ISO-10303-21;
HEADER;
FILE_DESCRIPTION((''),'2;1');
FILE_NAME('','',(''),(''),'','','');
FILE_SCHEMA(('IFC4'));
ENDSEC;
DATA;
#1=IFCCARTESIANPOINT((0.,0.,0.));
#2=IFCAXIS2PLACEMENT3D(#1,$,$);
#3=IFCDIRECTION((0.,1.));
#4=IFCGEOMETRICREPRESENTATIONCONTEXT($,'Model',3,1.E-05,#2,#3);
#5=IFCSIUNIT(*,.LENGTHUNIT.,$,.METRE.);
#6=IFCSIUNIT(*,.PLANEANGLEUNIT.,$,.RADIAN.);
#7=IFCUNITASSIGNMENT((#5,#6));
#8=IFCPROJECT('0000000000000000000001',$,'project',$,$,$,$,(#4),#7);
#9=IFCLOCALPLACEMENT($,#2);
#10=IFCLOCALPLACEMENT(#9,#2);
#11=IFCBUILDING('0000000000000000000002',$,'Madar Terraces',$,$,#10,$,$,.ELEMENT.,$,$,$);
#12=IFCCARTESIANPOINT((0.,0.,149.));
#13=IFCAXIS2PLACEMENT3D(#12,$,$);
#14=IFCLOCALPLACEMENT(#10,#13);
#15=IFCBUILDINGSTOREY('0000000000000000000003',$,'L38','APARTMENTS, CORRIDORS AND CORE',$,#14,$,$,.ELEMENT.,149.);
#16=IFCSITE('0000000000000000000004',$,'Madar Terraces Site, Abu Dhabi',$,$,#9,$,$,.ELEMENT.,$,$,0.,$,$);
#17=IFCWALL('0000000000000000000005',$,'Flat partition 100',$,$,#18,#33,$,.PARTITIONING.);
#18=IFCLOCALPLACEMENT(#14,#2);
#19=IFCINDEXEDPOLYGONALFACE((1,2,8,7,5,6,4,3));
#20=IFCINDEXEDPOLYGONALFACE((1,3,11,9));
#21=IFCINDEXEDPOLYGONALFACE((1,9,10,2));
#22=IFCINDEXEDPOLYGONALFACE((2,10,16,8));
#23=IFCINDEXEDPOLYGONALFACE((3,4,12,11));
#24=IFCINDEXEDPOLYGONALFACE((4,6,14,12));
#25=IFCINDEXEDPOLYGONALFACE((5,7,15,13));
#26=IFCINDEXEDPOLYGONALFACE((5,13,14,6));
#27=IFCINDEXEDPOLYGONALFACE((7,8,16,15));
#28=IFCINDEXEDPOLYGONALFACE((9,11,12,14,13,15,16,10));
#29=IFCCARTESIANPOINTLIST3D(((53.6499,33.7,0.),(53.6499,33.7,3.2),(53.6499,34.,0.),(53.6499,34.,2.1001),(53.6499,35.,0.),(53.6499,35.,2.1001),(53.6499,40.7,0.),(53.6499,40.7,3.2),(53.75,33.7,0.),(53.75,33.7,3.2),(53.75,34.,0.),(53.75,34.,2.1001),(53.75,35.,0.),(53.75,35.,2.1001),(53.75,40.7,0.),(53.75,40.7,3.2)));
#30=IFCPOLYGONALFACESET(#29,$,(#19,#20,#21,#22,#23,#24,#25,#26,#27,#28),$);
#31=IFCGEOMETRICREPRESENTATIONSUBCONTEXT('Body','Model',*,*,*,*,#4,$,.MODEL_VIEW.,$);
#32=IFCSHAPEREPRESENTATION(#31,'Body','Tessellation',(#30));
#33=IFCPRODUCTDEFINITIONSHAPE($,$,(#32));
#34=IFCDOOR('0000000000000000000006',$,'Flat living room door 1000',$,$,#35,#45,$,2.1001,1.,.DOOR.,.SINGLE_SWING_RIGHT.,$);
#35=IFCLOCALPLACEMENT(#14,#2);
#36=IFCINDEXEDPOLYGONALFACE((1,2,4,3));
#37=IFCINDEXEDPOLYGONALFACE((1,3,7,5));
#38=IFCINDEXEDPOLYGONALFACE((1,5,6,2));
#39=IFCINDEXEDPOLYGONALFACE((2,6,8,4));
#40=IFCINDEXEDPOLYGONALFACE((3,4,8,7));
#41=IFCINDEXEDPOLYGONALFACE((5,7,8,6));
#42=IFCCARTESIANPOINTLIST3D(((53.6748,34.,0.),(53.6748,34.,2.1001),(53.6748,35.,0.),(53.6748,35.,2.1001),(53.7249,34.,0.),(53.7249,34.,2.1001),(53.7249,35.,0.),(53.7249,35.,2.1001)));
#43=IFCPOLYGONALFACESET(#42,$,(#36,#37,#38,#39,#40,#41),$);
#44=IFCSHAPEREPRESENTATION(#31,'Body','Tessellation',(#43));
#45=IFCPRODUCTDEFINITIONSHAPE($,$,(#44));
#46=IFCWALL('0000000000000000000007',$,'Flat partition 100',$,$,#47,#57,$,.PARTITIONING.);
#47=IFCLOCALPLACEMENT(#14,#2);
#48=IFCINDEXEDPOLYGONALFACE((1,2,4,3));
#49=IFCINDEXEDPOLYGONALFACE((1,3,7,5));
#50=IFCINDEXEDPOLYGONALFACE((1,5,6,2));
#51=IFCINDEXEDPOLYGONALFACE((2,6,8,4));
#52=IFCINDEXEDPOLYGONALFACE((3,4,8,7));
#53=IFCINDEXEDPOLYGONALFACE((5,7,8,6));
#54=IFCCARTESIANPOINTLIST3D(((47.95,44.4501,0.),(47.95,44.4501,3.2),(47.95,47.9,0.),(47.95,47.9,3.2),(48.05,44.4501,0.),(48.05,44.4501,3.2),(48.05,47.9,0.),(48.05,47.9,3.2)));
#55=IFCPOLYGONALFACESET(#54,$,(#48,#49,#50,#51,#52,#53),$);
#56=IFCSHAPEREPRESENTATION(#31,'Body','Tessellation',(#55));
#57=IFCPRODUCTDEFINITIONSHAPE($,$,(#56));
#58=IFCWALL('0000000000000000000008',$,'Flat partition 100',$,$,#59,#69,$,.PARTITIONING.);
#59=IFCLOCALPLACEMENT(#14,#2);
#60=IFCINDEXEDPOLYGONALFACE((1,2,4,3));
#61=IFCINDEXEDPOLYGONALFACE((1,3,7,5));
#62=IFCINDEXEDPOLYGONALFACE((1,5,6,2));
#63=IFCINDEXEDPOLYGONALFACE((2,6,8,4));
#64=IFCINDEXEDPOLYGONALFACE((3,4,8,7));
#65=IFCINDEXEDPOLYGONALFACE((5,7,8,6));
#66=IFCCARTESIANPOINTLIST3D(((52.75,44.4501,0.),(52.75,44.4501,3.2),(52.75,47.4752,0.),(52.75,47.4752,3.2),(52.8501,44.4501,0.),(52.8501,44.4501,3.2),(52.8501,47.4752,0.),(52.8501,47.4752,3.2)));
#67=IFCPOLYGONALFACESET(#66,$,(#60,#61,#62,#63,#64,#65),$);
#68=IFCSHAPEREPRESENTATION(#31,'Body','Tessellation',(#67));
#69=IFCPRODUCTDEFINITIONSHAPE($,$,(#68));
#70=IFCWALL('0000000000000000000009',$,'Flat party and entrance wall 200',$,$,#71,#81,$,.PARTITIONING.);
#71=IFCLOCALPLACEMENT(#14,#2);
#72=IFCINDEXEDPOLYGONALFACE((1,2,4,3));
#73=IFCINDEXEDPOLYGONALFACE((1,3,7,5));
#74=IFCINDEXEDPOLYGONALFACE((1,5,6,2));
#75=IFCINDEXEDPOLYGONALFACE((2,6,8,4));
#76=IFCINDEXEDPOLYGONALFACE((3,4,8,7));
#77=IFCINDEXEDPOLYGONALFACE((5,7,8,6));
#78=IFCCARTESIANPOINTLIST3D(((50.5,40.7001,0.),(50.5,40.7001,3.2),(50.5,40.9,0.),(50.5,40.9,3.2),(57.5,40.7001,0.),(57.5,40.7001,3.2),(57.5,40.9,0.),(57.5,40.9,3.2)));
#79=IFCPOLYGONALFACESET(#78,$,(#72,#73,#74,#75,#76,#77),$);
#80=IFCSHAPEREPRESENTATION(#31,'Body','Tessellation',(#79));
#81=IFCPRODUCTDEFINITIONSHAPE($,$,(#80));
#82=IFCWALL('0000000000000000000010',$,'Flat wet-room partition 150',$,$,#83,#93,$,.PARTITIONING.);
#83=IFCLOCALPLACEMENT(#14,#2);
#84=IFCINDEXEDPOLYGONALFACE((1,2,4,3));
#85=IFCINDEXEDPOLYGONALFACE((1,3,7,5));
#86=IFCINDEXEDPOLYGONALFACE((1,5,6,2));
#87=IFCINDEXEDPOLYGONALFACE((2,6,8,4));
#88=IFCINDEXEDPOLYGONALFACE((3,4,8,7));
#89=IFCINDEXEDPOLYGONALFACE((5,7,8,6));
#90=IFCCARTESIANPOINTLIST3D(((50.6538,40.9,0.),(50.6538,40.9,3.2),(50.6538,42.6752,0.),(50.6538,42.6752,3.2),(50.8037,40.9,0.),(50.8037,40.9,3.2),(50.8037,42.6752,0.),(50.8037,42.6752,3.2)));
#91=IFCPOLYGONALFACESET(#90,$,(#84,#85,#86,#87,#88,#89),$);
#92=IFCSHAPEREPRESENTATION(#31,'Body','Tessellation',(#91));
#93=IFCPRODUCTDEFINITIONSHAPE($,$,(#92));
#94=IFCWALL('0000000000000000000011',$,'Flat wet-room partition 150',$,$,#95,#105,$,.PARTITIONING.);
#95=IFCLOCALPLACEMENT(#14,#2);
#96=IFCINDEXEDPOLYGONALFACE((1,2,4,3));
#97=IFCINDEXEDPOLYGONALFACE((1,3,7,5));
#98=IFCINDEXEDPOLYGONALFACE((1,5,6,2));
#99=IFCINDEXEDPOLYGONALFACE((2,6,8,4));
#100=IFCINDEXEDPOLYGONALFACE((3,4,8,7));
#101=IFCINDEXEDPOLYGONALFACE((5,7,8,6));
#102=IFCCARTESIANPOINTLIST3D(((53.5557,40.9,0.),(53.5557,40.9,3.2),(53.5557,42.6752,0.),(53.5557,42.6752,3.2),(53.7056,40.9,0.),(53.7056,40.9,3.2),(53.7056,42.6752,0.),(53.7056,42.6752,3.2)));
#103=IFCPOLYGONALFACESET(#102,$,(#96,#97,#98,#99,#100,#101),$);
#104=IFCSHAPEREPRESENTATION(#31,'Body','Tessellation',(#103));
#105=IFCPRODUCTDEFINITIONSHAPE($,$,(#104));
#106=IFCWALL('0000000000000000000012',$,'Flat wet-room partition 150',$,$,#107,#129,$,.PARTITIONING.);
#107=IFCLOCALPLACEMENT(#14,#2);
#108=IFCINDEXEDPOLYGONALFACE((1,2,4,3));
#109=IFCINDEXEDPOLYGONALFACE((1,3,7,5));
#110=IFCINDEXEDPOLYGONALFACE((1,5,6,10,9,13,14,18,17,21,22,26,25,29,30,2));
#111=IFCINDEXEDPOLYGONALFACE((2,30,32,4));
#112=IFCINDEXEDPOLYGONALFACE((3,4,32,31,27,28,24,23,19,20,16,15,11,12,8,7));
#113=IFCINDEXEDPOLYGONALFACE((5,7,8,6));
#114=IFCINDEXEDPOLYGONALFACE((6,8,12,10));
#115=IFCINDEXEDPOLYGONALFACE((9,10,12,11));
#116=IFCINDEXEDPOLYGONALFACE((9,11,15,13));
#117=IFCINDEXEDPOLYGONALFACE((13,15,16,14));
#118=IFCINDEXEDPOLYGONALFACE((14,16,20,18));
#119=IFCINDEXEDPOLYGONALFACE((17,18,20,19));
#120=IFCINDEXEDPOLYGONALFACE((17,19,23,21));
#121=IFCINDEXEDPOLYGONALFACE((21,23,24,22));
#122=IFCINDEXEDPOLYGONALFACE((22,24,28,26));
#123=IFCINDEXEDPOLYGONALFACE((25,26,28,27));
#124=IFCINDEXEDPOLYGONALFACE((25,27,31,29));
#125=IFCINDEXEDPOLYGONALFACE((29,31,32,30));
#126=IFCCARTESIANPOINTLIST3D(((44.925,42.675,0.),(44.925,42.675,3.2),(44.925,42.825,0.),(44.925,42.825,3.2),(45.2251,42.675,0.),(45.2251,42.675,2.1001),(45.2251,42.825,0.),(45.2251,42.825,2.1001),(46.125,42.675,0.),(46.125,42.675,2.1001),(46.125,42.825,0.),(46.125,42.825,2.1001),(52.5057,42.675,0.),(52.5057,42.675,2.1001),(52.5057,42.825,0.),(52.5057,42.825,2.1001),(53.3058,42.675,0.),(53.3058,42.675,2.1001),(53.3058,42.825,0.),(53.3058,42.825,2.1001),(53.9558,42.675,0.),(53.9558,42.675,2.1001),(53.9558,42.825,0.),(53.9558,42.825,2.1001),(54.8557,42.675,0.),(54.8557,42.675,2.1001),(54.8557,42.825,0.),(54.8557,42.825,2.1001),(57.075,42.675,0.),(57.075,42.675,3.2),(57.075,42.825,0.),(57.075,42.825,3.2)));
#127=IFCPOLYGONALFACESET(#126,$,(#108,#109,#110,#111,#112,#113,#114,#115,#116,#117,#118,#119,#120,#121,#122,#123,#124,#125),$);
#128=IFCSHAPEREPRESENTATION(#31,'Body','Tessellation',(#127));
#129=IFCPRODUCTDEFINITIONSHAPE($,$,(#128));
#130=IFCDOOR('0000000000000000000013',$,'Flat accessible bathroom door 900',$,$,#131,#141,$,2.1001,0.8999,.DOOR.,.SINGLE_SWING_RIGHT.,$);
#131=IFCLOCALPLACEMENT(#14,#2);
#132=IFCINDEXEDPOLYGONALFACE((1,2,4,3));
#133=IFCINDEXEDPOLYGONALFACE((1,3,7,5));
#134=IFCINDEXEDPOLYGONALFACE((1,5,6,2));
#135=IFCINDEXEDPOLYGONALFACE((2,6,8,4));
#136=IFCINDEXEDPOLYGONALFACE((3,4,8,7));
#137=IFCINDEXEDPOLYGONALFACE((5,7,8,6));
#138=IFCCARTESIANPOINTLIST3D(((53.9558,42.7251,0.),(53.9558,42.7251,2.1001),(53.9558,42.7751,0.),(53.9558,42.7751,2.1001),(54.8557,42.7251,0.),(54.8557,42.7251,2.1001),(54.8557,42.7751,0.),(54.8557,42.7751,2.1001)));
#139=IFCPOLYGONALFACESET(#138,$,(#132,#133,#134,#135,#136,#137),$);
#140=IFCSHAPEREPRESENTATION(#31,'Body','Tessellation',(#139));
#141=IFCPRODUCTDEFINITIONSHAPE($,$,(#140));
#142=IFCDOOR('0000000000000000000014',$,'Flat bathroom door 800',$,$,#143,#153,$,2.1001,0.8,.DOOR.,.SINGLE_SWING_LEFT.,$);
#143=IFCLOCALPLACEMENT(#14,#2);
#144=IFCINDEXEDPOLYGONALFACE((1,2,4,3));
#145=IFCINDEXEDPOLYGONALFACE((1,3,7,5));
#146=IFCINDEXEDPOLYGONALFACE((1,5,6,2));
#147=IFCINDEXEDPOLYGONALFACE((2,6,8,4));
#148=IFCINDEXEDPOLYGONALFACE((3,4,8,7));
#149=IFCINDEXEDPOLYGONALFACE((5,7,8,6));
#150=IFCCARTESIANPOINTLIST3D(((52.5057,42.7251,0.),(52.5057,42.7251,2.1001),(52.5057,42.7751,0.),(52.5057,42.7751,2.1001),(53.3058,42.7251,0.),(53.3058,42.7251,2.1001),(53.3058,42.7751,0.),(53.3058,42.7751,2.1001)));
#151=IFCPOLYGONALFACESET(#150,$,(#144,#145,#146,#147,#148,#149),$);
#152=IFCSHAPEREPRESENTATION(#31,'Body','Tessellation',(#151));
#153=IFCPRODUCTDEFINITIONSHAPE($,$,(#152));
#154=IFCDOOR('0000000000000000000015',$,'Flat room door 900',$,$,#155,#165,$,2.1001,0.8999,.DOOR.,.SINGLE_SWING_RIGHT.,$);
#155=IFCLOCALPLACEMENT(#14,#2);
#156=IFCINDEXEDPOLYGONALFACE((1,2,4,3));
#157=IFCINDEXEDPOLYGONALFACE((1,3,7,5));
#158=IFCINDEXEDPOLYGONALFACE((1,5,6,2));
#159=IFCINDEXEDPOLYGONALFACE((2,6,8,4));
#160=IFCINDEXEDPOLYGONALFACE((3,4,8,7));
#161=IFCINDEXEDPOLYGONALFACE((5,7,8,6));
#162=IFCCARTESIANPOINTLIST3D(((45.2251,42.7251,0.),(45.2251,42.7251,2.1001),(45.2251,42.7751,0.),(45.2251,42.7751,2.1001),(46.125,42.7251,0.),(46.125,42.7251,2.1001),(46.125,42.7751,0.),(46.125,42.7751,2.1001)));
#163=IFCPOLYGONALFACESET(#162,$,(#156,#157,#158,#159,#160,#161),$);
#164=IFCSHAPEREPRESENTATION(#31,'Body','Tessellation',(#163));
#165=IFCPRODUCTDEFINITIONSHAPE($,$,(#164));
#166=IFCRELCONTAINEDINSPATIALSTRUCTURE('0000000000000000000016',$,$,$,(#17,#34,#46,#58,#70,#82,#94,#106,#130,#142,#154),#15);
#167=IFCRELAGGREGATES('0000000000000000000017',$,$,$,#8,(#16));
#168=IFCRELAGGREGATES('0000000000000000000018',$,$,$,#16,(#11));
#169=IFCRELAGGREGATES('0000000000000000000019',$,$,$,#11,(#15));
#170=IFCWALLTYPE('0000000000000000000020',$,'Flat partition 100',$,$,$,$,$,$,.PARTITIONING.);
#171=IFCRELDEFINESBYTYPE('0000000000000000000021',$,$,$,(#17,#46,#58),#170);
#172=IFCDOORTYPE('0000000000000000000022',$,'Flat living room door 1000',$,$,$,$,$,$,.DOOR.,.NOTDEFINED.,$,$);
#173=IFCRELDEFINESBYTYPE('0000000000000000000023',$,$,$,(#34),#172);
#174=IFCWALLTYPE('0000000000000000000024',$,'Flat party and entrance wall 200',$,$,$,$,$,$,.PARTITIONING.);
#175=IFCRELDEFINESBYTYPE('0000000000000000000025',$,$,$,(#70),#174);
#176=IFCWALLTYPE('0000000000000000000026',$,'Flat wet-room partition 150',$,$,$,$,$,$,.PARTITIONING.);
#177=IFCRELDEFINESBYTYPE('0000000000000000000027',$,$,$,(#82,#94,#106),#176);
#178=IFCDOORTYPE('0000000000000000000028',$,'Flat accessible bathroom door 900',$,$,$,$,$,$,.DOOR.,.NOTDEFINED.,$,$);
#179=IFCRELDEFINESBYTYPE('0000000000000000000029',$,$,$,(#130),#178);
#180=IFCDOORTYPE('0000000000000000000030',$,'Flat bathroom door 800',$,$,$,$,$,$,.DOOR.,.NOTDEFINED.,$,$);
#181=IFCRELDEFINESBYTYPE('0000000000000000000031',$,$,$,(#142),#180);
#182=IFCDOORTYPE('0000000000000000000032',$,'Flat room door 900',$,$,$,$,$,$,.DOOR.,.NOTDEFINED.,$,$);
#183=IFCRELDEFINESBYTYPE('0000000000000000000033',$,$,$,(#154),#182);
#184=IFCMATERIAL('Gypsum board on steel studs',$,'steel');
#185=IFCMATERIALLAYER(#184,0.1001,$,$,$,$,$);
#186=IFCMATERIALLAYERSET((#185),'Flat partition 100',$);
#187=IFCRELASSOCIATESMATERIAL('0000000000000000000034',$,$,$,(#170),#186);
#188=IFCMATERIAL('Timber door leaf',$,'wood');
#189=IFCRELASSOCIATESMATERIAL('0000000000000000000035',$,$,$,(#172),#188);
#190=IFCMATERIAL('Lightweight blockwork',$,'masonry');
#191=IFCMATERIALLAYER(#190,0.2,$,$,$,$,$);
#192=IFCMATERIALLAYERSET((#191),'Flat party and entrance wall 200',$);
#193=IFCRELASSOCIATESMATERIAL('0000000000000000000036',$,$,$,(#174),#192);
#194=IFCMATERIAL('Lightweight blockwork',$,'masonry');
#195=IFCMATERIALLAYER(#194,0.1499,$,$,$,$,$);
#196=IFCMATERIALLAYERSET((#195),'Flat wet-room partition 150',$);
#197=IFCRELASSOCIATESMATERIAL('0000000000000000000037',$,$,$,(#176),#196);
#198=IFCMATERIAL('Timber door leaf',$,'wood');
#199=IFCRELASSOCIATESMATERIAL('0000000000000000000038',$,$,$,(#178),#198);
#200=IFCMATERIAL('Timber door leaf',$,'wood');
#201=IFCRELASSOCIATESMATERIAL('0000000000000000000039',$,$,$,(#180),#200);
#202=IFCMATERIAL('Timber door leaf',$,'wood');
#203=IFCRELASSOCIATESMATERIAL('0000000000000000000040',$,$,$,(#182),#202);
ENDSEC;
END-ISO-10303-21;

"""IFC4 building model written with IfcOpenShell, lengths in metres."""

from ifc_helpers import new_model, si_unit, direction, frame, frame_2d, origin, place, context, subcontext, project, spatial, rectangle, extrude, material, layer, layer_set, type_object, element, fill, save


model = new_model("IFC4")

# Units and contexts
model_context = context("Model", 3, precision=1e-05, world=origin(), true_north=direction((0.0, 1.0)))
body_context = subcontext(model_context, "Body", "Model", "MODEL_VIEW")
ifc_project = project(units=[si_unit("LENGTHUNIT", "METRE"), si_unit("PLANEANGLEUNIT", "RADIAN")], contexts=[model_context])

# Site, building, storey
site_placement = place(None, origin())
site = spatial("IfcSite", under=ifc_project, at=site_placement, Name="Madar Terraces Site, Abu Dhabi", CompositionType="ELEMENT", RefElevation=0.0)
building_placement = place(site_placement, origin())
building = spatial("IfcBuilding", under=site, at=building_placement, Name="Madar Terraces", CompositionType="ELEMENT")
storey_placement = place(building_placement, frame((0.0, 0.0, 149.0)))
storey = spatial("IfcBuildingStorey", under=building, at=storey_placement, Name="L38", Description="APARTMENTS, CORRIDORS AND CORE", CompositionType="ELEMENT", Elevation=149.0)

# Wall, opening, door
ifc_material_1 = material(Name="Gypsum board on steel studs", Category="steel")
ifc_layer_1 = layer(ifc_material_1, 0.1001)
ifc_layer_set_1 = layer_set([ifc_layer_1], Name="Flat partition 100")
wall_type_1 = type_object("IfcWallType", Name="Flat partition 100", PredefinedType="PARTITIONING", material=ifc_layer_set_1)
wall_1_placement = place(storey_placement, frame((53.7, 40.7, 0.0), z_axis=(0.0, 0.0, 1.0), x_axis=(0.0, -1.0, 0.0)))
wall_1 = element("IfcWall", 1, at=wall_1_placement, inside=storey, type_object=wall_type_1, Name="Flat partition 100", PredefinedType="PARTITIONING", context=body_context, shape_type="SweptSolid", body=[
    extrude(rectangle(XDim=7.0, YDim=0.1001, at=frame_2d((3.5, 0.0))), origin(), (0.0, 0.0, 1.0), 3.2),
])
opening_1_placement = place(wall_1_placement, frame((5.7, 0.0, 0.0)))
opening_1 = element("IfcOpeningElement", 2, at=opening_1_placement, cuts=wall_1, PredefinedType="OPENING", context=body_context, shape_type="SweptSolid", body=[
    extrude(rectangle(XDim=1.0, YDim=2.1001, at=frame_2d((0.5, 1.05))), frame((0.0, 0.0601, 0.0), z_axis=(0.0, -1.0, 0.0), x_axis=(1.0, 0.0, 0.0)), (0.0, 0.0, 1.0), 0.1201),
])
ifc_material_2 = material(Name="Timber door leaf", Category="wood")
door_type_1 = type_object("IfcDoorType", Name="Flat living room door 1000", OperationType="NOTDEFINED", PredefinedType="DOOR", material=ifc_material_2)
door_1_placement = place(opening_1_placement, origin())
door_1 = element("IfcDoor", 3, at=door_1_placement, inside=storey, type_object=door_type_1, Name="Flat living room door 1000", OperationType="SINGLE_SWING_RIGHT", OverallHeight=2.1001, OverallWidth=1.0, PredefinedType="DOOR", context=body_context, shape_type="SweptSolid", body=[
    extrude(rectangle(XDim=1.0, YDim=2.1001, at=frame_2d((0.5, 1.05))), frame((0.0, 0.0249, 0.0), z_axis=(0.0, -1.0, 0.0), x_axis=(1.0, 0.0, 0.0)), (0.0, 0.0, 1.0), 0.05),
])
fill(opening_1, door_1)

# Walls
wall_2_placement = place(storey_placement, frame((48.0, 44.45, 0.0), z_axis=(0.0, 0.0, 1.0), x_axis=(0.0, 1.0, 0.0)))
element("IfcWall", 4, at=wall_2_placement, inside=storey, type_object=wall_type_1, Name="Flat partition 100", PredefinedType="PARTITIONING", context=body_context, shape_type="SweptSolid", body=[
    extrude(rectangle(XDim=3.45, YDim=0.1001, at=frame_2d((1.7251, 0.0))), origin(), (0.0, 0.0, 1.0), 3.2),
])
wall_3_placement = place(storey_placement, frame((52.8, 44.45, 0.0), z_axis=(0.0, 0.0, 1.0), x_axis=(0.0, 1.0, 0.0)))
element("IfcWall", 5, at=wall_3_placement, inside=storey, type_object=wall_type_1, Name="Flat partition 100", PredefinedType="PARTITIONING", context=body_context, shape_type="SweptSolid", body=[
    extrude(rectangle(XDim=3.0251, YDim=0.1001, at=frame_2d((1.5127, 0.0))), origin(), (0.0, 0.0, 1.0), 3.2),
])
ifc_material_3 = material(Name="Lightweight blockwork", Category="masonry")
ifc_layer_2 = layer(ifc_material_3, 0.2)
ifc_layer_set_2 = layer_set([ifc_layer_2], Name="Flat party and entrance wall 200")
wall_type_2 = type_object("IfcWallType", Name="Flat party and entrance wall 200", PredefinedType="PARTITIONING", material=ifc_layer_set_2)
wall_4_placement = place(storey_placement, frame((50.5, 40.8, 0.0), z_axis=(0.0, 0.0, 1.0), x_axis=(1.0, 0.0, 0.0)))
element("IfcWall", 6, at=wall_4_placement, inside=storey, type_object=wall_type_2, Name="Flat party and entrance wall 200", PredefinedType="PARTITIONING", context=body_context, shape_type="SweptSolid", body=[
    extrude(rectangle(XDim=7.0, YDim=0.2, at=frame_2d((3.5, 0.0))), origin(), (0.0, 0.0, 1.0), 3.2),
])
ifc_material_4 = material(Name="Lightweight blockwork", Category="masonry")
ifc_layer_3 = layer(ifc_material_4, 0.1499)
ifc_layer_set_3 = layer_set([ifc_layer_3], Name="Flat wet-room partition 150")
wall_type_3 = type_object("IfcWallType", Name="Flat wet-room partition 150", PredefinedType="PARTITIONING", material=ifc_layer_set_3)
for number, where, z_axis, x_axis, name in (
    (7, (50.7288, 40.8999, 0.0), (0.0, 0.0, 1.0), (0.0, 1.0, 0.0), "Flat wet-room partition 150"),
    (8, (53.6306, 40.8999, 0.0), (0.0, 0.0, 1.0), (0.0, 1.0, 0.0), "Flat wet-room partition 150"),
):
    element("IfcWall", number, at=place(storey_placement, frame(where, z_axis=z_axis, x_axis=x_axis)), inside=storey, type_object=wall_type_3, Name=name, PredefinedType="PARTITIONING", context=body_context, shape_type="SweptSolid", body=[
        extrude(rectangle(XDim=1.7751, YDim=0.1499, at=frame_2d((0.8877, 0.0))), origin(), (0.0, 0.0, 1.0), 3.2),
    ])

# Wall, openings, doors
wall_5_placement = place(storey_placement, frame((57.075, 42.75, 0.0), z_axis=(0.0, 0.0, 1.0), x_axis=(-1.0, 0.0, 0.0)))
wall_5 = element("IfcWall", 9, at=wall_5_placement, inside=storey, type_object=wall_type_3, Name="Flat wet-room partition 150", PredefinedType="PARTITIONING", context=body_context, shape_type="SweptSolid", body=[
    extrude(rectangle(XDim=12.1499, YDim=0.1499, at=frame_2d((6.075, 0.0))), origin(), (0.0, 0.0, 1.0), 3.2),
])
opening_2_placement = place(wall_5_placement, frame((10.95, 0.0, 0.0)))
opening_2 = element("IfcOpeningElement", 10, at=opening_2_placement, cuts=wall_5, PredefinedType="OPENING", context=body_context, shape_type="SweptSolid", body=[
    extrude(rectangle(XDim=0.8999, YDim=2.1001, at=frame_2d((0.45, 1.05))), frame((0.0, 0.085, 0.0), z_axis=(0.0, -1.0, 0.0), x_axis=(1.0, 0.0, 0.0)), (0.0, 0.0, 1.0), 0.1699),
])
opening_3_placement = place(wall_5_placement, frame((3.7693, 0.0, 0.0)))
opening_3 = element("IfcOpeningElement", 11, at=opening_3_placement, cuts=wall_5, PredefinedType="OPENING", context=body_context, shape_type="SweptSolid", body=[
    extrude(rectangle(XDim=0.8, YDim=2.1001, at=frame_2d((0.3999, 1.05))), frame((0.0, 0.085, 0.0), z_axis=(0.0, -1.0, 0.0), x_axis=(1.0, 0.0, 0.0)), (0.0, 0.0, 1.0), 0.1699),
])
opening_4_placement = place(wall_5_placement, frame((2.2192, 0.0, 0.0)))
opening_4 = element("IfcOpeningElement", 12, at=opening_4_placement, cuts=wall_5, PredefinedType="OPENING", context=body_context, shape_type="SweptSolid", body=[
    extrude(rectangle(XDim=0.8999, YDim=2.1001, at=frame_2d((0.45, 1.05))), frame((0.0, 0.085, 0.0), z_axis=(0.0, -1.0, 0.0), x_axis=(1.0, 0.0, 0.0)), (0.0, 0.0, 1.0), 0.1699),
])
ifc_material_5 = material(Name="Timber door leaf", Category="wood")
door_type_2 = type_object("IfcDoorType", Name="Flat accessible bathroom door 900", OperationType="NOTDEFINED", PredefinedType="DOOR", material=ifc_material_5)
door_2_placement = place(opening_4_placement, origin())
door_2 = element("IfcDoor", 13, at=door_2_placement, inside=storey, type_object=door_type_2, Name="Flat accessible bathroom door 900", OperationType="SINGLE_SWING_RIGHT", OverallHeight=2.1001, OverallWidth=0.8999, PredefinedType="DOOR", context=body_context, shape_type="SweptSolid", body=[
    extrude(rectangle(XDim=0.8999, YDim=2.1001, at=frame_2d((0.45, 1.05))), frame((0.0, 0.0249, 0.0), z_axis=(0.0, -1.0, 0.0), x_axis=(1.0, 0.0, 0.0)), (0.0, 0.0, 1.0), 0.05),
])
fill(opening_4, door_2)
ifc_material_6 = material(Name="Timber door leaf", Category="wood")
door_type_3 = type_object("IfcDoorType", Name="Flat bathroom door 800", OperationType="NOTDEFINED", PredefinedType="DOOR", material=ifc_material_6)
door_3_placement = place(opening_3_placement, origin())
door_3 = element("IfcDoor", 14, at=door_3_placement, inside=storey, type_object=door_type_3, Name="Flat bathroom door 800", OperationType="SINGLE_SWING_LEFT", OverallHeight=2.1001, OverallWidth=0.8, PredefinedType="DOOR", context=body_context, shape_type="SweptSolid", body=[
    extrude(rectangle(XDim=0.8, YDim=2.1001, at=frame_2d((0.3999, 1.05))), frame((0.0, 0.0249, 0.0), z_axis=(0.0, -1.0, 0.0), x_axis=(1.0, 0.0, 0.0)), (0.0, 0.0, 1.0), 0.05),
])
fill(opening_3, door_3)
ifc_material_7 = material(Name="Timber door leaf", Category="wood")
door_type_4 = type_object("IfcDoorType", Name="Flat room door 900", OperationType="NOTDEFINED", PredefinedType="DOOR", material=ifc_material_7)
door_4_placement = place(opening_2_placement, origin())
door_4 = element("IfcDoor", 15, at=door_4_placement, inside=storey, type_object=door_type_4, Name="Flat room door 900", OperationType="SINGLE_SWING_RIGHT", OverallHeight=2.1001, OverallWidth=0.8999, PredefinedType="DOOR", context=body_context, shape_type="SweptSolid", body=[
    extrude(rectangle(XDim=0.8999, YDim=2.1001, at=frame_2d((0.45, 1.05))), frame((0.0, 0.0249, 0.0), z_axis=(0.0, -1.0, 0.0), x_axis=(1.0, 0.0, 0.0)), (0.0, 0.0, 1.0), 0.05),
])
fill(opening_2, door_4)

save(model, "model.ifc")
